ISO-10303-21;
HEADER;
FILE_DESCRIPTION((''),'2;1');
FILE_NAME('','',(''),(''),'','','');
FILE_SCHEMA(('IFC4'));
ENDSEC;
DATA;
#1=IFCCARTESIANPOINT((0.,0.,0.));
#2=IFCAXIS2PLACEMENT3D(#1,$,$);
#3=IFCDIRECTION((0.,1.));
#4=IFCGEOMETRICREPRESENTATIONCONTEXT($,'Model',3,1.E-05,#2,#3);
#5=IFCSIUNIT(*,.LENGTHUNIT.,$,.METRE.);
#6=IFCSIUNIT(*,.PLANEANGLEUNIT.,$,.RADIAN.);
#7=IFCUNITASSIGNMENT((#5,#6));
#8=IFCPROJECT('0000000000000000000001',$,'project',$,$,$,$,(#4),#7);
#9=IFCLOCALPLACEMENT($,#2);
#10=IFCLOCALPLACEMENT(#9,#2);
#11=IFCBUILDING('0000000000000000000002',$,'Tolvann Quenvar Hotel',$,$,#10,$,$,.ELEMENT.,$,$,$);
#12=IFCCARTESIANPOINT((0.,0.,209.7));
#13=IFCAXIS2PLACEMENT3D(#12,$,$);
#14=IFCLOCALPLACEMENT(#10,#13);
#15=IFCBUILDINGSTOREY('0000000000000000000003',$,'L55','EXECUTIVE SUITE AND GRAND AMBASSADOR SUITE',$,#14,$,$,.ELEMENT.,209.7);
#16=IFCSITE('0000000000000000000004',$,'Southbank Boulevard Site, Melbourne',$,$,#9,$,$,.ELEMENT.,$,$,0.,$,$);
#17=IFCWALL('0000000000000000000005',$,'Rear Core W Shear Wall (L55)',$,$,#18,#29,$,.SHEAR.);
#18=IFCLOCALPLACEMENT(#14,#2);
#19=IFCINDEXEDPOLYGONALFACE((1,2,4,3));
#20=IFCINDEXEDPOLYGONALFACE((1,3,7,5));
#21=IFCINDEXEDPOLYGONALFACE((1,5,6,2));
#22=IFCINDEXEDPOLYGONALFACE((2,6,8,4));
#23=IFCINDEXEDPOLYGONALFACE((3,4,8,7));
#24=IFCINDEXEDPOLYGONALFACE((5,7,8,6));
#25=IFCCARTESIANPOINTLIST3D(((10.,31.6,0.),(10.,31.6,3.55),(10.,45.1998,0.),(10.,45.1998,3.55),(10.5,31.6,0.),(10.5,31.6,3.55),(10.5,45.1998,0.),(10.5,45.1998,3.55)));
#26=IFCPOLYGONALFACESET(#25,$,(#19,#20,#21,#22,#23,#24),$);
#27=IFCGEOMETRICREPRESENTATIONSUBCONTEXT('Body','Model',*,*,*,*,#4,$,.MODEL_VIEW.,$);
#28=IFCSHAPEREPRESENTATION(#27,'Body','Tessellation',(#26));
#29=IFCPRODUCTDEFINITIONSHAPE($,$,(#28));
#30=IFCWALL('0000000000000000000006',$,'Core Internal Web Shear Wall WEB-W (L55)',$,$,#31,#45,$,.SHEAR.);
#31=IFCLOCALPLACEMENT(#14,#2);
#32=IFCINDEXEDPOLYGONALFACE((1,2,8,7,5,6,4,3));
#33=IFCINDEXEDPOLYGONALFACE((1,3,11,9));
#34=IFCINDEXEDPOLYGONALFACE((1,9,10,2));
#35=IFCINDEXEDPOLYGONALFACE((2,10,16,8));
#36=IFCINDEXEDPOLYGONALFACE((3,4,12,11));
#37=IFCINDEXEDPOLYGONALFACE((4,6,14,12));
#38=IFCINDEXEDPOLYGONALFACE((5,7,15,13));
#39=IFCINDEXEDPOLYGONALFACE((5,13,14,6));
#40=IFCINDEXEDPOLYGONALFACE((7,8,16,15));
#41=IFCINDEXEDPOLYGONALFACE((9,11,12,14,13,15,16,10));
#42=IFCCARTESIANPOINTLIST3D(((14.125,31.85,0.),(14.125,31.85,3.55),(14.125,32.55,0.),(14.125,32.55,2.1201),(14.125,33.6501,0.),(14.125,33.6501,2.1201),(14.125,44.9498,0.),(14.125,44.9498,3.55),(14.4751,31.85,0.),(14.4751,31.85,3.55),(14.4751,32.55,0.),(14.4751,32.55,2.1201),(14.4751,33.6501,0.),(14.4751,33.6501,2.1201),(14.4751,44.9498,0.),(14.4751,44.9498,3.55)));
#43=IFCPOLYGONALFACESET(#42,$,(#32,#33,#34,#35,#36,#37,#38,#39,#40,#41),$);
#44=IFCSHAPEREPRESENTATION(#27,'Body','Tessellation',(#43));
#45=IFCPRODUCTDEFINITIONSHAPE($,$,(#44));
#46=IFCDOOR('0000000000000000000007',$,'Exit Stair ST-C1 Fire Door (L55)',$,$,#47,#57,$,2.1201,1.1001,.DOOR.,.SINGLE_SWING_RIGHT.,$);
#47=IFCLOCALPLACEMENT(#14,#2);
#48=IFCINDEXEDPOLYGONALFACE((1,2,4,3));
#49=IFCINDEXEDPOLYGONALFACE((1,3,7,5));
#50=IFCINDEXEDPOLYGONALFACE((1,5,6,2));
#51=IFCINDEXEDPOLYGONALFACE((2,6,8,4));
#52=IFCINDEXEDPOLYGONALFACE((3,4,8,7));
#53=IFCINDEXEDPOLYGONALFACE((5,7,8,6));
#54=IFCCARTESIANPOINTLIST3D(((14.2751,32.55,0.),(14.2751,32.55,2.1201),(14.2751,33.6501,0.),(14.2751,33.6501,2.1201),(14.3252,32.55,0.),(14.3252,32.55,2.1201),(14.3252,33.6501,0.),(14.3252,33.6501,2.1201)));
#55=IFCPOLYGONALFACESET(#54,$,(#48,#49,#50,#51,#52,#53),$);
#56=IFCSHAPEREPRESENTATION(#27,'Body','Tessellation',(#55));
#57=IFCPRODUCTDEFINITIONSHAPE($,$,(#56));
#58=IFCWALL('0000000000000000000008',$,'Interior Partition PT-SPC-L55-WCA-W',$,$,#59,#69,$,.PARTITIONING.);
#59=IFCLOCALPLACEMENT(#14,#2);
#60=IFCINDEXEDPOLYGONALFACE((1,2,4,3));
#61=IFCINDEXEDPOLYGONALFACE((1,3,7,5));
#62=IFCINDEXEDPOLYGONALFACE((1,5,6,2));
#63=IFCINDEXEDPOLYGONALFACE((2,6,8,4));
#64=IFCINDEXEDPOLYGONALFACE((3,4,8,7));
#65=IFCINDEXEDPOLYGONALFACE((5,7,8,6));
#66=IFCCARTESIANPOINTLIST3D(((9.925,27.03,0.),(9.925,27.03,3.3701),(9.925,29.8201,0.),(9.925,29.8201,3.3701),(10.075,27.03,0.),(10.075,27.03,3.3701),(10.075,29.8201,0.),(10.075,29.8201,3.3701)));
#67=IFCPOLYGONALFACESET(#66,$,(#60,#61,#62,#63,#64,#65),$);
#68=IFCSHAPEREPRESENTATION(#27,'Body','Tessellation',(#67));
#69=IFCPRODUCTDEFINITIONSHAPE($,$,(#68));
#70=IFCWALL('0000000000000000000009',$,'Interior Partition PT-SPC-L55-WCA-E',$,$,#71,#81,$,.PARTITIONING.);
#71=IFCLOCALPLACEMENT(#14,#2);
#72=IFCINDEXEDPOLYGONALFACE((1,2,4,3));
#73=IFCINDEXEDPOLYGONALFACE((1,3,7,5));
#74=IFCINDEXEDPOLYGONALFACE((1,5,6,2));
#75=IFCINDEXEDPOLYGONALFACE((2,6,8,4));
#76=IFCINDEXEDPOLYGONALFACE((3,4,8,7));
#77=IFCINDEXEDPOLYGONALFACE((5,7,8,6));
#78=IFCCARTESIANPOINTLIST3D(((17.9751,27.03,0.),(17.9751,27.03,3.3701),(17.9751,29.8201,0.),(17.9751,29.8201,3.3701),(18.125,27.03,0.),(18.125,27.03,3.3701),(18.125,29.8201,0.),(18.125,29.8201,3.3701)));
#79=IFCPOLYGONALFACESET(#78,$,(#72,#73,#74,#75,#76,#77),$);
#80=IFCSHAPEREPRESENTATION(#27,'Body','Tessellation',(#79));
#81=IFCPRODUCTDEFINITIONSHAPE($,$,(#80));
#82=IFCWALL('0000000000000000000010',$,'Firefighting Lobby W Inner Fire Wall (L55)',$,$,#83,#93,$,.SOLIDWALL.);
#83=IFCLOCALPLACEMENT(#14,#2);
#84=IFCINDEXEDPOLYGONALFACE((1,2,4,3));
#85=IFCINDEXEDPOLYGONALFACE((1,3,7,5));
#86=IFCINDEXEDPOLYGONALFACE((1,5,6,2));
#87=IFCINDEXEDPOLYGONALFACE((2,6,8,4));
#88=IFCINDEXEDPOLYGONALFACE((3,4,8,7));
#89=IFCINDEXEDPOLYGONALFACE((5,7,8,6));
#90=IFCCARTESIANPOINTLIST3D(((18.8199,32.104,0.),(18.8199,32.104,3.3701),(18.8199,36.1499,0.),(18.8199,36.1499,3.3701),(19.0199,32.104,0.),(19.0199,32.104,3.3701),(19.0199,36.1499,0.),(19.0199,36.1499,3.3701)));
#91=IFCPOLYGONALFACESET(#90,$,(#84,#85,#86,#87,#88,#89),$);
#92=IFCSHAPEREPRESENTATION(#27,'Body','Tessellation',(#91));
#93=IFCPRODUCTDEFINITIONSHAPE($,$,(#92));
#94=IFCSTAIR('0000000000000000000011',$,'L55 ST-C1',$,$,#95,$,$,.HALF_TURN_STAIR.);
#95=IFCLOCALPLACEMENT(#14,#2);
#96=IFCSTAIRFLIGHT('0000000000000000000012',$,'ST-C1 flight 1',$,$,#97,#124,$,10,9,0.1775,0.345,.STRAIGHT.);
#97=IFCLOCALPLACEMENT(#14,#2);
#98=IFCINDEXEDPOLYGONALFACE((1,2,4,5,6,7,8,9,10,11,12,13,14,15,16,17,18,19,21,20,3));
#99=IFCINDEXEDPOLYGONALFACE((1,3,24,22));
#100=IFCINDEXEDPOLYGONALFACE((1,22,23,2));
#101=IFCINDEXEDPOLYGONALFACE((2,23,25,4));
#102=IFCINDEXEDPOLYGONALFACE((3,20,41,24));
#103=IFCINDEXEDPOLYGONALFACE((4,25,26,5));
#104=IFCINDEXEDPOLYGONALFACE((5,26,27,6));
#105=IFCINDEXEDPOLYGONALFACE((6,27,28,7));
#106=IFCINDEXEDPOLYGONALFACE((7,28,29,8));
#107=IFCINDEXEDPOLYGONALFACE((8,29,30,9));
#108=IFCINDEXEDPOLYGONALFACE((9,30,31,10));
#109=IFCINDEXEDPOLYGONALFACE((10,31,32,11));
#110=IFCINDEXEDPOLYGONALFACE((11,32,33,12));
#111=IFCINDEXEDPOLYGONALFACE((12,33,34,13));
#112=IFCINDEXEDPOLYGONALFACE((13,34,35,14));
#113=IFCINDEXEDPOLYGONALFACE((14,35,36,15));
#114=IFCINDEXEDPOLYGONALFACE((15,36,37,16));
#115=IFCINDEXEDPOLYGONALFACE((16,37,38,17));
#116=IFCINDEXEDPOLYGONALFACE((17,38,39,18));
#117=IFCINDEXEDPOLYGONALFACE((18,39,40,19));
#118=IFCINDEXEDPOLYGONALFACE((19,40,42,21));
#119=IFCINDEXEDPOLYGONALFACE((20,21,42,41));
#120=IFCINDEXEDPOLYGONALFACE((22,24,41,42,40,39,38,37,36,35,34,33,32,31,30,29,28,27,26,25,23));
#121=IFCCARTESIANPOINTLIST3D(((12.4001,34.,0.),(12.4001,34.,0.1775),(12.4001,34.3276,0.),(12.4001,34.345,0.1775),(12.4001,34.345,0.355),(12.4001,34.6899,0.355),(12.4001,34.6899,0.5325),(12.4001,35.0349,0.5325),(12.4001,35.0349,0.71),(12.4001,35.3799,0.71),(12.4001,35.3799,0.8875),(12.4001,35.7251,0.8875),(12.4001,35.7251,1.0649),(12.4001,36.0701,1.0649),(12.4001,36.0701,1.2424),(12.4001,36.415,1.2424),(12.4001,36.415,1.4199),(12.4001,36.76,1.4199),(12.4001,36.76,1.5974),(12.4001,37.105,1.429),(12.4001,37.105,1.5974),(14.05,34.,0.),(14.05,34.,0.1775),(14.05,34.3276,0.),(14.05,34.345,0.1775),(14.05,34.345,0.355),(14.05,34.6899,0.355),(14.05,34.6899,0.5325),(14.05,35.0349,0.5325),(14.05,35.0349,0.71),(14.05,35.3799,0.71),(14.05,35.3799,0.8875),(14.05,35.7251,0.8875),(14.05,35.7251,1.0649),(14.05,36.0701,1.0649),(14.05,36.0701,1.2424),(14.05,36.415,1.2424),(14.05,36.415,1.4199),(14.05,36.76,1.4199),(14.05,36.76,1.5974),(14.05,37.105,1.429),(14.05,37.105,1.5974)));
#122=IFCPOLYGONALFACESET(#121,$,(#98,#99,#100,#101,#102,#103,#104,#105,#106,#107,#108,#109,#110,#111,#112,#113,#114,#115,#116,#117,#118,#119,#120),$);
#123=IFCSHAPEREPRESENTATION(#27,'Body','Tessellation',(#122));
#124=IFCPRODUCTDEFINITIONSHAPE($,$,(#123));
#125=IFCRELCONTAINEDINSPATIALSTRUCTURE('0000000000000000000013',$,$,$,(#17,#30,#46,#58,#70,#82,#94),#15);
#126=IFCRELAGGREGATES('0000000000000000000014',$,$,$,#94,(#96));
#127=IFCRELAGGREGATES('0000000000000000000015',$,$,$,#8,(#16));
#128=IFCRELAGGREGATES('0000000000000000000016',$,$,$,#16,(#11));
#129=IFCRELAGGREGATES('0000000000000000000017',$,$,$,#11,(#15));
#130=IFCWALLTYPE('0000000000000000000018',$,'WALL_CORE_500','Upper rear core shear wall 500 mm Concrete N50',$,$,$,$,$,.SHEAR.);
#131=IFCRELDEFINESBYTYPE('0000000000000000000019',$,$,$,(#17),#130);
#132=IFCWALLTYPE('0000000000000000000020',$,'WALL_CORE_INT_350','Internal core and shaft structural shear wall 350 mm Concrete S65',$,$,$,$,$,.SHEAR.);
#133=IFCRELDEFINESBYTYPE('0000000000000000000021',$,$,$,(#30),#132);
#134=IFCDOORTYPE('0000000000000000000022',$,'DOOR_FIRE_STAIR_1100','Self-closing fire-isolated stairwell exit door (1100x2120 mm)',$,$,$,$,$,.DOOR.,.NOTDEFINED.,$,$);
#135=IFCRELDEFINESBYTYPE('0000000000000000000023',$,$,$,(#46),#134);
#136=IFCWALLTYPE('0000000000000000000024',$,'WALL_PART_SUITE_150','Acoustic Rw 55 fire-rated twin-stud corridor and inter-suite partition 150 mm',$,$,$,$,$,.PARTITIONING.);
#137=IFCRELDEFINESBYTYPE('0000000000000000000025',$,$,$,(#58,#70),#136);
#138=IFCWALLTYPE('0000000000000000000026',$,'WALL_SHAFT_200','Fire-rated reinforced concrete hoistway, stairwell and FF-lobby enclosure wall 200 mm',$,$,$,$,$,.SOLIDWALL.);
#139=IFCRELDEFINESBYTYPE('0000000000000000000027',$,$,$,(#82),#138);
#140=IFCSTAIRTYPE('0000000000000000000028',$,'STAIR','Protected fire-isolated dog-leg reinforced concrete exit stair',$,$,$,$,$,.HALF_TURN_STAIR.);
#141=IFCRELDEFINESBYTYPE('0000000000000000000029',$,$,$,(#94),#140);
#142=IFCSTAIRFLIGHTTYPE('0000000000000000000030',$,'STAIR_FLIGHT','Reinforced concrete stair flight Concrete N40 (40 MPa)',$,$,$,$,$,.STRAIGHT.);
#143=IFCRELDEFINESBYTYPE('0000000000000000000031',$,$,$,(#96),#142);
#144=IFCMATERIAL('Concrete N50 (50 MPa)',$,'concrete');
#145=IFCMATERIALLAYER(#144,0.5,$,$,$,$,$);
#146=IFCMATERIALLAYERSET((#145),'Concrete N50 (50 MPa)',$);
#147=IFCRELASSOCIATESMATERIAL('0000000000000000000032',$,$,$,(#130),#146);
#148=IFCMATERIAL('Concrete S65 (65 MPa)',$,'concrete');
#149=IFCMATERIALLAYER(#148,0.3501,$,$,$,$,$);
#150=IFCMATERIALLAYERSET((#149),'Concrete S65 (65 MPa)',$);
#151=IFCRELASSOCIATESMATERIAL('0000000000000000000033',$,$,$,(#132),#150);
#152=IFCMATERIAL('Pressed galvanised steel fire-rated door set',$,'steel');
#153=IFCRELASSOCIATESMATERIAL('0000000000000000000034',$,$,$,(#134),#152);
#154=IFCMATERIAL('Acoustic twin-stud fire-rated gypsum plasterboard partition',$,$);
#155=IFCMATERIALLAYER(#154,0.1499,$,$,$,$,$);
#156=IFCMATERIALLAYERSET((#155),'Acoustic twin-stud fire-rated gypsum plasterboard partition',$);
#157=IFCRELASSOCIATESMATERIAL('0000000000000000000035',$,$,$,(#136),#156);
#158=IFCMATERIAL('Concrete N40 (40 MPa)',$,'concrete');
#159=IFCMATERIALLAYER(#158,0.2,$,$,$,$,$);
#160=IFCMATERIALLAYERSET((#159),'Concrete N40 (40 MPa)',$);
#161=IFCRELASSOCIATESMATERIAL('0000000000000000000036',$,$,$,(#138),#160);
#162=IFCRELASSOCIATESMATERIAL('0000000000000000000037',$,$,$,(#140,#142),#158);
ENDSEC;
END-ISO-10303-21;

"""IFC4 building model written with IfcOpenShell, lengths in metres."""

from ifc_helpers import new_model, si_unit, direction, frame, frame_2d, origin, place, context, subcontext, project, spatial, polyline, rectangle, outline, extrude, source, transform, mapped, material, layer, layer_set, type_object, type_shapes, element, fill, aggregate, save


model = new_model("IFC4")

# Units and contexts
model_context = context("Model", 3, precision=1e-05, world=origin(), true_north=direction((0.0, 1.0)))
body_context = subcontext(model_context, "Body", "Model", "MODEL_VIEW")
ifc_project = project(units=[si_unit("LENGTHUNIT", "METRE"), si_unit("PLANEANGLEUNIT", "RADIAN")], contexts=[model_context])

# Site, building, storey
site_placement = place(None, origin())
site = spatial("IfcSite", under=ifc_project, at=site_placement, Name="Southbank Boulevard Site, Melbourne", CompositionType="ELEMENT", RefElevation=0.0)
building_placement = place(site_placement, origin())
building = spatial("IfcBuilding", under=site, at=building_placement, Name="Tolvann Quenvar Hotel", CompositionType="ELEMENT")
storey_placement = place(building_placement, frame((0.0, 0.0, 209.7)))
storey = spatial("IfcBuildingStorey", under=building, at=storey_placement, Name="L55", Description="EXECUTIVE SUITE AND GRAND AMBASSADOR SUITE", CompositionType="ELEMENT", Elevation=209.7)

# Shared definitions
ifc_material_1 = material(Name="Concrete N50 (50 MPa)", Category="concrete")

# Shared definitions
ifc_layer_1 = layer(ifc_material_1, 0.5)
ifc_layer_set_1 = layer_set([ifc_layer_1], Name="Concrete N50 (50 MPa)")
wall_type_1 = type_object("IfcWallType", Name="WALL_CORE_500", Description="Upper rear core shear wall 500 mm Concrete N50", PredefinedType="SHEAR", material=ifc_layer_set_1)

# Wall
wall_1_placement = place(storey_placement, frame((10.25, 31.6001, 0.0), z_axis=(0.0, 0.0, 1.0), x_axis=(0.0, 1.0, 0.0)))
element("IfcWall", 1, at=wall_1_placement, inside=storey, type_object=wall_type_1, Name="Rear Core W Shear Wall (L55)", PredefinedType="SHEAR", context=body_context, shape_type="SweptSolid", body=[
    extrude(rectangle(XDim=13.5999, YDim=0.5, at=frame_2d((6.7998, 0.0))), origin(), (0.0, 0.0, 1.0), 3.55),
])

# Wall, opening, door
ifc_material_2 = material(Name="Concrete S65 (65 MPa)", Category="concrete")
ifc_layer_2 = layer(ifc_material_2, 0.3501)
ifc_layer_set_2 = layer_set([ifc_layer_2], Name="Concrete S65 (65 MPa)")
wall_type_2 = type_object("IfcWallType", Name="WALL_CORE_INT_350", Description="Internal core and shaft structural shear wall 350 mm Concrete S65", PredefinedType="SHEAR", material=ifc_layer_set_2)
wall_2_placement = place(storey_placement, frame((14.3, 31.8501, 0.0), z_axis=(0.0, 0.0, 1.0), x_axis=(0.0, 1.0, 0.0)))
wall_2 = element("IfcWall", 2, at=wall_2_placement, inside=storey, type_object=wall_type_2, Name="Core Internal Web Shear Wall WEB-W (L55)", PredefinedType="SHEAR", context=body_context, shape_type="SweptSolid", body=[
    extrude(rectangle(XDim=13.0999, YDim=0.3501, at=frame_2d((6.5498, 0.0))), origin(), (0.0, 0.0, 1.0), 3.55),
])
opening_1_placement = place(wall_2_placement, frame((0.7, 0.0, 0.0)))
opening_1 = element("IfcOpeningElement", 3, at=opening_1_placement, cuts=wall_2, PredefinedType="OPENING", context=body_context, shape_type="SweptSolid", body=[
    extrude(rectangle(XDim=1.1001, YDim=2.1201, at=frame_2d((0.55, 1.0601))), frame((0.0, 0.1851, 0.0), z_axis=(0.0, -1.0, 0.0), x_axis=(1.0, 0.0, 0.0)), (0.0, 0.0, 1.0), 0.3701),
])
ifc_material_3 = material(Name="Pressed galvanised steel fire-rated door set", Category="steel")
door_type_1 = type_object("IfcDoorType", Name="DOOR_FIRE_STAIR_1100", Description="Self-closing fire-isolated stairwell exit door (1100x2120 mm)", OperationType="NOTDEFINED", PredefinedType="DOOR", material=ifc_material_3)
shared_shape_1 = source(origin(), body_context, "Body", "SweptSolid", [
    extrude(rectangle(XDim=1.1001, YDim=2.1201, at=frame_2d((0.55, 1.0601))), frame((0.0, 0.0249, 0.0), z_axis=(0.0, -1.0, 0.0), x_axis=(1.0, 0.0, 0.0)), (0.0, 0.0, 1.0), 0.05),
])
type_shapes(door_type_1, [shared_shape_1])
door_1_placement = place(opening_1_placement, origin())
door_1 = element("IfcDoor", 4, at=door_1_placement, inside=storey, type_object=door_type_1, Name="Exit Stair ST-C1 Fire Door (L55)", OperationType="SINGLE_SWING_RIGHT", OverallHeight=2.1201, OverallWidth=1.1001, PredefinedType="DOOR", context=body_context, shape_type="MappedRepresentation", body=[
    mapped(shared_shape_1, transform((0.0, 0.0, 0.0), x_axis=(1.0, 0.0, 0.0), y_axis=(0.0, 1.0, 0.0), z_axis=(0.0, 0.0, 1.0), scale=1.0)),
])
fill(opening_1, door_1)

# Walls
ifc_material_4 = material(Name="Acoustic twin-stud fire-rated gypsum plasterboard partition")
ifc_layer_3 = layer(ifc_material_4, 0.1499)
ifc_layer_set_3 = layer_set([ifc_layer_3], Name="Acoustic twin-stud fire-rated gypsum plasterboard partition")
wall_type_3 = type_object("IfcWallType", Name="WALL_PART_SUITE_150", Description="Acoustic Rw 55 fire-rated twin-stud corridor and inter-suite partition 150 mm", PredefinedType="PARTITIONING", material=ifc_layer_set_3)
for number, where, z_axis, x_axis, name in (
    (5, (10.0, 27.03, 0.0), (0.0, 0.0, 1.0), (0.0, 1.0, 0.0), "Interior Partition PT-SPC-L55-WCA-W"),
    (6, (18.05, 27.03, 0.0), (0.0, 0.0, 1.0), (0.0, 1.0, 0.0), "Interior Partition PT-SPC-L55-WCA-E"),
):
    element("IfcWall", number, at=place(storey_placement, frame(where, z_axis=z_axis, x_axis=x_axis)), inside=storey, type_object=wall_type_3, Name=name, PredefinedType="PARTITIONING", context=body_context, shape_type="SweptSolid", body=[
        extrude(rectangle(XDim=2.79, YDim=0.1499, at=frame_2d((1.395, 0.0))), origin(), (0.0, 0.0, 1.0), 3.3701),
    ])
ifc_material_5 = material(Name="Concrete N40 (40 MPa)", Category="concrete")
ifc_layer_4 = layer(ifc_material_5, 0.2)
ifc_layer_set_4 = layer_set([ifc_layer_4], Name="Concrete N40 (40 MPa)")
wall_type_4 = type_object("IfcWallType", Name="WALL_SHAFT_200", Description="Fire-rated reinforced concrete hoistway, stairwell and FF-lobby enclosure wall 200 mm", PredefinedType="SOLIDWALL", material=ifc_layer_set_4)
wall_3_placement = place(storey_placement, frame((18.9199, 32.104, 0.0), z_axis=(0.0, 0.0, 1.0), x_axis=(0.0, 1.0, 0.0)))
element("IfcWall", 7, at=wall_3_placement, inside=storey, type_object=wall_type_4, Name="Firefighting Lobby W Inner Fire Wall (L55)", PredefinedType="SOLIDWALL", context=body_context, shape_type="SweptSolid", body=[
    extrude(rectangle(XDim=4.0459, YDim=0.2, at=frame_2d((2.0229, 0.0))), origin(), (0.0, 0.0, 1.0), 3.3701),
])

# Stair, stair flight
stair_type = type_object("IfcStairType", Name="STAIR", Description="Protected fire-isolated dog-leg reinforced concrete exit stair", PredefinedType="HALF_TURN_STAIR", material=ifc_material_5)
stair_placement = place(storey_placement, origin())
stair = element("IfcStair", 8, at=stair_placement, inside=storey, type_object=stair_type, Name="L55 ST-C1", PredefinedType="HALF_TURN_STAIR")
stair_flight_type = type_object("IfcStairFlightType", Name="STAIR_FLIGHT", Description="Reinforced concrete stair flight Concrete N40 (40 MPa)", PredefinedType="STRAIGHT", material=ifc_material_5)
stair_flight_placement = place(storey_placement, frame((13.2251, 34.0, 0.0), z_axis=(0.0, 0.0, 1.0), x_axis=(0.0, 1.0, 0.0)))
stair_flight = element("IfcStairFlight", 9, at=stair_flight_placement, type_object=stair_flight_type, Name="ST-C1 flight 1", NumberOfRisers=10, NumberOfTreads=9, PredefinedType="STRAIGHT", RiserHeight=0.1775, TreadLength=0.345, context=body_context, shape_type="SweptSolid", body=[
    extrude(outline(polyline([(0.0, 0.0), (0.0, 0.1775), (0.345, 0.1775), (0.345, 0.355), (0.6899, 0.355), (0.6899, 0.5325), (1.0349, 0.5325), (1.0349, 0.71), (1.3799, 0.71), (1.3799, 0.8875), (1.7251, 0.8875), (1.7251, 1.0649), (2.0701, 1.0649), (2.0701, 1.2424), (2.415, 1.2424), (2.415, 1.4199), (2.76, 1.4199), (2.76, 1.5974), (3.105, 1.5974), (3.105, 1.7749), (3.105, 1.429), (0.3276, 0.0), (0.0, 0.0)])), frame((0.0, 0.825, 0.0), z_axis=(0.0, -1.0, 0.0), x_axis=(1.0, 0.0, 0.0)), (0.0, 0.0, 1.0), 1.6499),
])
aggregate(stair, [stair_flight])

save(model, "model.ifc")
